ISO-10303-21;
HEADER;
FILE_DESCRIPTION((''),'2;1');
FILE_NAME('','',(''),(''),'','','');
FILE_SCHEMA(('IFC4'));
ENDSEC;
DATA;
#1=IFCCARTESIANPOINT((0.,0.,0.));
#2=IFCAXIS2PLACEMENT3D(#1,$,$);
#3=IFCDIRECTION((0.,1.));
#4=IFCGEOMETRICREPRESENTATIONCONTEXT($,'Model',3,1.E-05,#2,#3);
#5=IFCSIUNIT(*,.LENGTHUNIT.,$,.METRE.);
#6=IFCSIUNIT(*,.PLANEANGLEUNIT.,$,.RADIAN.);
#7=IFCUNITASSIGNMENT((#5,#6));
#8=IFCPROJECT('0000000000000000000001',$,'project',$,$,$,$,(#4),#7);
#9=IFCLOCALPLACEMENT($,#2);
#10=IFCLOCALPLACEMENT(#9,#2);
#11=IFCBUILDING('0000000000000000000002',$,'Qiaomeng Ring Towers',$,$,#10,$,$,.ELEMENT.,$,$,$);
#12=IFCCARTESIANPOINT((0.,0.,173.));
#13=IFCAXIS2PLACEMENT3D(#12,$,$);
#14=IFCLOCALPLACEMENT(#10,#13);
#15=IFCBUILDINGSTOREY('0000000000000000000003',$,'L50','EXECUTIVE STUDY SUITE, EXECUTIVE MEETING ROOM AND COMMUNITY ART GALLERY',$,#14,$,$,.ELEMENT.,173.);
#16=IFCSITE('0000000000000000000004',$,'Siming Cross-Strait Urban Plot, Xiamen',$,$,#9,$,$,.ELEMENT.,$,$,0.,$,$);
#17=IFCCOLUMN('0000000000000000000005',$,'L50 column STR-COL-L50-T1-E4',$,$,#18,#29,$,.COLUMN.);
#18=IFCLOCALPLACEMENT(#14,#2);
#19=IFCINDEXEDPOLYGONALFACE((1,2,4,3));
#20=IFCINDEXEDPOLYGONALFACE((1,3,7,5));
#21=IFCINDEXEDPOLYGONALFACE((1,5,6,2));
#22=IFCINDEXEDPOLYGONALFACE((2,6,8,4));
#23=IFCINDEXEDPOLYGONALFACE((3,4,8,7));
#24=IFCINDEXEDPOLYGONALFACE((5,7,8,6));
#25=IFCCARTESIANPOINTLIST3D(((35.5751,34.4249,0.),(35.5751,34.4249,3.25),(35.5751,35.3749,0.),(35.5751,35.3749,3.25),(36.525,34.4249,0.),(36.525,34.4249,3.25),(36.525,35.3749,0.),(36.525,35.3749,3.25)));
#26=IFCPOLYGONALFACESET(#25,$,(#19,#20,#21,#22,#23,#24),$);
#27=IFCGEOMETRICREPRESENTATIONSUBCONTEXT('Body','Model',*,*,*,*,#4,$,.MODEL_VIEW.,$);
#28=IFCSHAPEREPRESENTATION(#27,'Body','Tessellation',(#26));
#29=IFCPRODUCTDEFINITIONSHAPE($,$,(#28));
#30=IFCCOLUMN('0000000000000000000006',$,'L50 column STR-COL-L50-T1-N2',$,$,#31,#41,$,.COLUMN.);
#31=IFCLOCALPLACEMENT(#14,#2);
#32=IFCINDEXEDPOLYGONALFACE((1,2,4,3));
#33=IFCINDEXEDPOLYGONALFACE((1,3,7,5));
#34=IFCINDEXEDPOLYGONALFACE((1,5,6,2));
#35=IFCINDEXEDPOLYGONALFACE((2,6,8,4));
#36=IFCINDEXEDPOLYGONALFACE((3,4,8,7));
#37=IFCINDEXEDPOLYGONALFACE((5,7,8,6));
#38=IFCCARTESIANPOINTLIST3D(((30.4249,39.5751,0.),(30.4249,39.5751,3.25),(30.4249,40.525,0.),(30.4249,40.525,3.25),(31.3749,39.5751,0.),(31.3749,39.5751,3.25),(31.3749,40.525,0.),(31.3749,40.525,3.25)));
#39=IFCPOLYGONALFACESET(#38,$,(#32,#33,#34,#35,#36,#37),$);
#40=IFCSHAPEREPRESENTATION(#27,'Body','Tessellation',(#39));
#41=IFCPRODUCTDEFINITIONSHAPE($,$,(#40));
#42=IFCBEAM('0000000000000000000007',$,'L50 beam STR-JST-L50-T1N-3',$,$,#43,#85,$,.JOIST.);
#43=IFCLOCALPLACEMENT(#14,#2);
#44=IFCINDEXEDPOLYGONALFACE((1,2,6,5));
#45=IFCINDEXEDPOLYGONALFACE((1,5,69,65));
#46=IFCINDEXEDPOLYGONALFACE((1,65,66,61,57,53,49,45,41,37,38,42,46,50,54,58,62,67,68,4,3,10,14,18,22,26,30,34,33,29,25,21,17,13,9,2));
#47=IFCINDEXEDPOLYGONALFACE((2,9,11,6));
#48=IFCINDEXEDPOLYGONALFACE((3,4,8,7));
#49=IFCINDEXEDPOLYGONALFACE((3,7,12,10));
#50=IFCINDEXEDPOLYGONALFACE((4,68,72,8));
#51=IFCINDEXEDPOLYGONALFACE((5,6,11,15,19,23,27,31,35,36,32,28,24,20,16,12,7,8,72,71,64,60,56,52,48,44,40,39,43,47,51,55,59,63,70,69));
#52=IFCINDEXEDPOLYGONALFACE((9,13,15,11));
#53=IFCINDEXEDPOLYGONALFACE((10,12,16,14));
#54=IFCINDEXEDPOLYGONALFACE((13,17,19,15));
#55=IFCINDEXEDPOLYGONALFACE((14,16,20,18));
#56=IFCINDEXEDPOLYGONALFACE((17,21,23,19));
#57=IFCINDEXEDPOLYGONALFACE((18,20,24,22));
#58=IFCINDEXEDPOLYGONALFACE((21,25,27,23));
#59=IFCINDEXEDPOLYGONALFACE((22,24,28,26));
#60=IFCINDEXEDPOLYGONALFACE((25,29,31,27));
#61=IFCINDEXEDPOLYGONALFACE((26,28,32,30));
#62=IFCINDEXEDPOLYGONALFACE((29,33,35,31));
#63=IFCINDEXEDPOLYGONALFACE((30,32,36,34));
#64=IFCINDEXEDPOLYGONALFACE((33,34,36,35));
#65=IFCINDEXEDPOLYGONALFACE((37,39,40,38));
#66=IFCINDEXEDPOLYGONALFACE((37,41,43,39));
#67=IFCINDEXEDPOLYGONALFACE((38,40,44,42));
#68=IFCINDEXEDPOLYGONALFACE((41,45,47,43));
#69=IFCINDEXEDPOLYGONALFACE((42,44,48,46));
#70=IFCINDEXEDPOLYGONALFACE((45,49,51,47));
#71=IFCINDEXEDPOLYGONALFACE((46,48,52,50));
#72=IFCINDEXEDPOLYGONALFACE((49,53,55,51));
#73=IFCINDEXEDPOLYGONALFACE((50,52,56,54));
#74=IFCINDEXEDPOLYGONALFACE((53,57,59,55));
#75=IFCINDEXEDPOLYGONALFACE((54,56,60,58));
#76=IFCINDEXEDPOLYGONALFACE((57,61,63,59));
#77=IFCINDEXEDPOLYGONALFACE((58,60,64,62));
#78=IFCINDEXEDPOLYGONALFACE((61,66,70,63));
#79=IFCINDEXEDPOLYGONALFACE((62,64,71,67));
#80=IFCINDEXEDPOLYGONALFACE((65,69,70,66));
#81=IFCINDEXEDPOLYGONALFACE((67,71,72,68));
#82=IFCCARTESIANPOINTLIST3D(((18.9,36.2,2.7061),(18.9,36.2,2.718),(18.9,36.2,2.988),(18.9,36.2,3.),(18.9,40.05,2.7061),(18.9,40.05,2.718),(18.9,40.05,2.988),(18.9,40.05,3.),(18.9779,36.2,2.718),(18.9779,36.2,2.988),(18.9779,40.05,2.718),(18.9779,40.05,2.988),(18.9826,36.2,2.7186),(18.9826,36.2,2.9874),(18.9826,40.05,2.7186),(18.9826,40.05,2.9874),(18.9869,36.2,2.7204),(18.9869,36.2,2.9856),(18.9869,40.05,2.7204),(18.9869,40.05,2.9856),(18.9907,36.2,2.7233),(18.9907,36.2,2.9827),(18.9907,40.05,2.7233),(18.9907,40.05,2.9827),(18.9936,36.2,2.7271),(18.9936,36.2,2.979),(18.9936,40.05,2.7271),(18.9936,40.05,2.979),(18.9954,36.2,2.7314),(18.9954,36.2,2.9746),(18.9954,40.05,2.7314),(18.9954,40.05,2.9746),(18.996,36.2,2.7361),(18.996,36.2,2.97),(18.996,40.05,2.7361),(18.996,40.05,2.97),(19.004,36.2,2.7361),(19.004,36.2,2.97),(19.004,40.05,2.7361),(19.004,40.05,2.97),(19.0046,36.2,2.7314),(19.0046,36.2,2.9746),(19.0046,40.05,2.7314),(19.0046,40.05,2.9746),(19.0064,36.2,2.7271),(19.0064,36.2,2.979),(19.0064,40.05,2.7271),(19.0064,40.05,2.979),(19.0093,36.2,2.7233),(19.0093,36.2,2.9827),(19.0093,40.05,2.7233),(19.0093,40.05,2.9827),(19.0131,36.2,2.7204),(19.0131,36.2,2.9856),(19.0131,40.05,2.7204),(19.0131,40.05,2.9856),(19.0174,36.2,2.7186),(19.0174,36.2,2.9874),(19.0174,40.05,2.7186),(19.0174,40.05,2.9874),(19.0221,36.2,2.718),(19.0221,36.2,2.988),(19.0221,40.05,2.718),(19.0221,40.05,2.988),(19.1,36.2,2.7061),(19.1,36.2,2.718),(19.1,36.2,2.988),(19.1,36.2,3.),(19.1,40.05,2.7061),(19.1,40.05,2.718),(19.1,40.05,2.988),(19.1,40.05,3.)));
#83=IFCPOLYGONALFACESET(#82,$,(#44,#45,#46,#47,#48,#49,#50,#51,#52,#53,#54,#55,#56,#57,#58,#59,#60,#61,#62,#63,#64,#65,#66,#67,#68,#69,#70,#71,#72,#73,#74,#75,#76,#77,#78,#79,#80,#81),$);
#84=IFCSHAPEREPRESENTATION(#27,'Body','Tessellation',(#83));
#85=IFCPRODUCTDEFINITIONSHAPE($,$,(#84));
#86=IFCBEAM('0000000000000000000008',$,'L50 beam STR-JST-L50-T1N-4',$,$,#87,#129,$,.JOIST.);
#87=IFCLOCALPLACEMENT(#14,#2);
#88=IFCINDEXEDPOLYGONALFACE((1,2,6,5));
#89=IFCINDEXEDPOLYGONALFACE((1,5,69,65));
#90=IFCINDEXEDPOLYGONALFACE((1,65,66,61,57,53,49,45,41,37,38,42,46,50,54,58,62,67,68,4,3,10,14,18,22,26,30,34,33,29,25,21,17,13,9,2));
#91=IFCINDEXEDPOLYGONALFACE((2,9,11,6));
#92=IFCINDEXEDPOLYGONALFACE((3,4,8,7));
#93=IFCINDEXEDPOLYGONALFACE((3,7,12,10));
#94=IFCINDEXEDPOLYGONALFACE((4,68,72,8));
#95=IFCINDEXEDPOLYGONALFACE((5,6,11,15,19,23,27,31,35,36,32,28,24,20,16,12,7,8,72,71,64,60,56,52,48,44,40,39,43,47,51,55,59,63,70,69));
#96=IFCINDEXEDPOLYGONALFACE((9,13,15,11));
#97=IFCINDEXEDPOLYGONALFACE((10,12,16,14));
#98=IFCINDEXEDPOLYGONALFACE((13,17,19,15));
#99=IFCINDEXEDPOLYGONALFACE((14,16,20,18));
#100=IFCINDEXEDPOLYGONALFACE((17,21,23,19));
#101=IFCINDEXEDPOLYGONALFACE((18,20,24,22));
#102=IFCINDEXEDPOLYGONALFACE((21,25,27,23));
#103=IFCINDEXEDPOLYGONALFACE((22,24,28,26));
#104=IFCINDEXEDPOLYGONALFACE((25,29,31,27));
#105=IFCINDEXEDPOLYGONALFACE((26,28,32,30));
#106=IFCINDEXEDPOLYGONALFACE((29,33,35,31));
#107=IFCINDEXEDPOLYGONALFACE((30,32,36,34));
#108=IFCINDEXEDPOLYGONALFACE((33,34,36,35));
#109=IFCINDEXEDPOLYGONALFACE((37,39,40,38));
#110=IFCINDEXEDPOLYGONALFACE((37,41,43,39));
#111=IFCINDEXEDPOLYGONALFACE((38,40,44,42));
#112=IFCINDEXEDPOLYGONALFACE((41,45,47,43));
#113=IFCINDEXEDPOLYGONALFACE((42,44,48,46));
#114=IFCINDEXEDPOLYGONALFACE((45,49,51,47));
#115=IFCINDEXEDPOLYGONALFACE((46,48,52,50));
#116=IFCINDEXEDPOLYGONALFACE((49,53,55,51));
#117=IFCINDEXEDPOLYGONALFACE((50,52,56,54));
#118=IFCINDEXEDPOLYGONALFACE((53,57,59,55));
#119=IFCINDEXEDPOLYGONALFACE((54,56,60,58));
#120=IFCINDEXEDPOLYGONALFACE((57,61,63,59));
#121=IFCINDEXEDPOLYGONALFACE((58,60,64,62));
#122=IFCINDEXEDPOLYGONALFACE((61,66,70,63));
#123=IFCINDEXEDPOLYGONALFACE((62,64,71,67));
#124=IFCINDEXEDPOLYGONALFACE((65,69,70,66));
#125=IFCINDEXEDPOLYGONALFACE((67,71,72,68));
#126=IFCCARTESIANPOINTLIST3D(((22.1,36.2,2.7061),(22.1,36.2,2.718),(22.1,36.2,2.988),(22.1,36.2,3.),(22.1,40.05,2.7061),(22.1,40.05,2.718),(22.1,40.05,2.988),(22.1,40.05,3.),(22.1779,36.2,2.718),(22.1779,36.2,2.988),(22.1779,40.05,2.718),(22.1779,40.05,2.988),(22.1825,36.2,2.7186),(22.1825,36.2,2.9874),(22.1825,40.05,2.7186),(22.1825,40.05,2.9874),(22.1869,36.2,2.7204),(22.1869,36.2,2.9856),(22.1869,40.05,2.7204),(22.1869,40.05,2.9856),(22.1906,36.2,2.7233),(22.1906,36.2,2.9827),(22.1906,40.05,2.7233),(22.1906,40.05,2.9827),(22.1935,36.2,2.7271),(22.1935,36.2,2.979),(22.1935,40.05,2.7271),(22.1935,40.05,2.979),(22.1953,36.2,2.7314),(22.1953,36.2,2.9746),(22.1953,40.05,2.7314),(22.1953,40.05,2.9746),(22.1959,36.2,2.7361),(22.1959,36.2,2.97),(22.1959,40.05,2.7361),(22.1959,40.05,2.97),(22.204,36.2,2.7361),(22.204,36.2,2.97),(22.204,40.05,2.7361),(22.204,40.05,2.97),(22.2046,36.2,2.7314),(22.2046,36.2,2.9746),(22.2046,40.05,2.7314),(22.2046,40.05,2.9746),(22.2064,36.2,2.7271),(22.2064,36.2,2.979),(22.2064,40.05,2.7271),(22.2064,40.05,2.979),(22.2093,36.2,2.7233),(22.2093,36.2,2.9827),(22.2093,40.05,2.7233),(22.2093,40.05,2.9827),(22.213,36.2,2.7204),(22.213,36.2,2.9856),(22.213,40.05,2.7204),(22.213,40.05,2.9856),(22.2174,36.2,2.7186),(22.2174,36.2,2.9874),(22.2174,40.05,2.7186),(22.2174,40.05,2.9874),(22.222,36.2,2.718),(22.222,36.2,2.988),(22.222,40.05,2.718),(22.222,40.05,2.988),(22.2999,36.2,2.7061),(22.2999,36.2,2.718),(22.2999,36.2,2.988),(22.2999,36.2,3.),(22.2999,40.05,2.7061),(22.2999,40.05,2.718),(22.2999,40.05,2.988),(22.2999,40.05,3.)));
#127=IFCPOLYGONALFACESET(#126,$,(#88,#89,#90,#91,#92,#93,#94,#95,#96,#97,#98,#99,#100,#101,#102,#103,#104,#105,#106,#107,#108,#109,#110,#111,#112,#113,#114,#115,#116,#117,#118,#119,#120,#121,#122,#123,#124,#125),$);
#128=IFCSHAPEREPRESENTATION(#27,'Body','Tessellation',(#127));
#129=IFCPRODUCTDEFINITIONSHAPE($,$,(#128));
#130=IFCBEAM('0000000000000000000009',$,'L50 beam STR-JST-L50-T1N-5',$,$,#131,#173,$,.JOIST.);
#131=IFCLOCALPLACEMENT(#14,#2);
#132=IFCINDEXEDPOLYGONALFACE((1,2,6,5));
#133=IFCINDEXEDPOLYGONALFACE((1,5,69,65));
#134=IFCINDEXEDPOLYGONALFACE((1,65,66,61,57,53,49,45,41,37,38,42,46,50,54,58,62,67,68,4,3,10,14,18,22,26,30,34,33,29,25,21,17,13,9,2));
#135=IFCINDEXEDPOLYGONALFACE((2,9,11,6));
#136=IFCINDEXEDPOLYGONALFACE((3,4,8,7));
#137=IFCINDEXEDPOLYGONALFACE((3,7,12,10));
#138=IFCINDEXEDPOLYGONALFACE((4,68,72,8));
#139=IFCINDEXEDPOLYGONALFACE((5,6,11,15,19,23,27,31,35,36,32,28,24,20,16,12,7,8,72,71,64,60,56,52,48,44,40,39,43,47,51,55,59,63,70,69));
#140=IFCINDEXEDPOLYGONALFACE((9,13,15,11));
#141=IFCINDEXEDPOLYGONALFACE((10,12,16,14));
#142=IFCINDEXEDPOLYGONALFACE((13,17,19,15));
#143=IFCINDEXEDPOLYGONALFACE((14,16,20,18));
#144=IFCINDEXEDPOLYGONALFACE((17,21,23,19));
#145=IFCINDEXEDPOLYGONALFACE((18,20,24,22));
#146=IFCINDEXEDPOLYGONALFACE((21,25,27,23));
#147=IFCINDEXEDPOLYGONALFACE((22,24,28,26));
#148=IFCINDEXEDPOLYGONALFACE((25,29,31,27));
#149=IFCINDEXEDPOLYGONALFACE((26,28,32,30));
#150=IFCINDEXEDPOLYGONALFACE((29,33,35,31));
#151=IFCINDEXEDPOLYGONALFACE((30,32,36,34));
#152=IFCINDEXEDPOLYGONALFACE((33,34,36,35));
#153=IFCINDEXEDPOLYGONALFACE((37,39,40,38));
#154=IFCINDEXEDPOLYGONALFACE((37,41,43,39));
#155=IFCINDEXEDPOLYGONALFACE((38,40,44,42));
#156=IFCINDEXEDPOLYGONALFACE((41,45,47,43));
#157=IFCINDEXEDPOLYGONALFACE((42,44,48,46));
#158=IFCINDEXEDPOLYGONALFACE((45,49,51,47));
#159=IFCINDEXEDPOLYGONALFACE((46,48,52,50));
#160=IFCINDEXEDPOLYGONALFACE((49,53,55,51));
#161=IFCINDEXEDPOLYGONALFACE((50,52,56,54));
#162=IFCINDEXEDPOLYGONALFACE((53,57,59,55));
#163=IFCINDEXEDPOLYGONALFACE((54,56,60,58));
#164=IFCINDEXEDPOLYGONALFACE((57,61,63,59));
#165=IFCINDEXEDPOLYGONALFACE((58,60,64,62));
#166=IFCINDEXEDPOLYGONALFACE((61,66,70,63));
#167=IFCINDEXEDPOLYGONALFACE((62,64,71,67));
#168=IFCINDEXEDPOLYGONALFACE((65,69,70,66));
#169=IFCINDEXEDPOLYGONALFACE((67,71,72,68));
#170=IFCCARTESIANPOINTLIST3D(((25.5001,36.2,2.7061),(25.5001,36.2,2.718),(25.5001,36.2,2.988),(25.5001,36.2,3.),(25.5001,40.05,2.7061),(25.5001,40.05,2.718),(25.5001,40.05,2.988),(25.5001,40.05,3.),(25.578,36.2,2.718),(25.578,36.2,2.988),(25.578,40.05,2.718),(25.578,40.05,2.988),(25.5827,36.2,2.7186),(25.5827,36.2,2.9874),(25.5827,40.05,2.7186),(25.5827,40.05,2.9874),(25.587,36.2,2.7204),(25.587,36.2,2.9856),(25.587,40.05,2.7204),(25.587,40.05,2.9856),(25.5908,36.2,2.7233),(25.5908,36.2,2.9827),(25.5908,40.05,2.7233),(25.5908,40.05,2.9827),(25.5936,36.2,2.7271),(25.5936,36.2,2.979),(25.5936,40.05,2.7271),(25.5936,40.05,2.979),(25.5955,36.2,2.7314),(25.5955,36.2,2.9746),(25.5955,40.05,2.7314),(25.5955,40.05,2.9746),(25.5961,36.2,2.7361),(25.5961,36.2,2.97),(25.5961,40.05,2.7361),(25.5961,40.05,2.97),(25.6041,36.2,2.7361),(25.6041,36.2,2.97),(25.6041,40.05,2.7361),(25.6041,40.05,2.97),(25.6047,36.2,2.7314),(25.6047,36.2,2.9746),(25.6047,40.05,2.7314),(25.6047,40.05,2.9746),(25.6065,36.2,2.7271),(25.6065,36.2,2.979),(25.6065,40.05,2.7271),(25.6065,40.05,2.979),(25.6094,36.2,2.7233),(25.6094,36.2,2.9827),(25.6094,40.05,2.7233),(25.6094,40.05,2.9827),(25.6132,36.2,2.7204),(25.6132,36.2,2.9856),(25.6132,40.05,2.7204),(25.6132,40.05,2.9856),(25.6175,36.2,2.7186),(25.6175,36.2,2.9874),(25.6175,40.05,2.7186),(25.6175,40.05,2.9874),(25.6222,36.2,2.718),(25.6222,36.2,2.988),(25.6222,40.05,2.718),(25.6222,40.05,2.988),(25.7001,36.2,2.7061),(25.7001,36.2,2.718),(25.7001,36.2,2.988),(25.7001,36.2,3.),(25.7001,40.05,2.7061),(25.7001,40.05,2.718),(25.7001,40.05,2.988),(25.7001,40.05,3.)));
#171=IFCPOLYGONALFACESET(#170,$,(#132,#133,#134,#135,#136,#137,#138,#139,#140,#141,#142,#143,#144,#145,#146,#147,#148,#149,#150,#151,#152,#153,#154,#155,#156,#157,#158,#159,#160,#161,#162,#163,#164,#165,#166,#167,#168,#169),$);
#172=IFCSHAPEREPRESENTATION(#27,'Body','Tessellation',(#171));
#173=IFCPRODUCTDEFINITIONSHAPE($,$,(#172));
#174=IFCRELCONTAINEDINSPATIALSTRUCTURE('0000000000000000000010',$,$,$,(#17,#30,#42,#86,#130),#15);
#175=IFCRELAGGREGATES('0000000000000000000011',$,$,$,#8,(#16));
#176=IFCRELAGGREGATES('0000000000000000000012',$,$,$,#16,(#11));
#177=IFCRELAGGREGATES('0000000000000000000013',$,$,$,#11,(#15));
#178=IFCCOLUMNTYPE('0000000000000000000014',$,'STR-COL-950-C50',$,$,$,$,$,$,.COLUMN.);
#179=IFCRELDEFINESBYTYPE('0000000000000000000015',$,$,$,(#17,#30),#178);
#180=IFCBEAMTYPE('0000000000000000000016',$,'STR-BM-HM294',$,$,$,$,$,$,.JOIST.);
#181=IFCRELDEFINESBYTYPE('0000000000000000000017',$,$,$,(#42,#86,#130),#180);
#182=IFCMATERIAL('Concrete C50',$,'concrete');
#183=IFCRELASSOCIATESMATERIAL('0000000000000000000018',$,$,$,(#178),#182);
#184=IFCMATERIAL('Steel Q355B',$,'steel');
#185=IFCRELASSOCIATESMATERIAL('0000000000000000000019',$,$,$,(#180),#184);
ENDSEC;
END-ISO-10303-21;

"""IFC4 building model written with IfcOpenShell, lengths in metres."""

from ifc_helpers import new_model, si_unit, direction, frame, origin, origin_2d, place, context, subcontext, project, spatial, rectangle, i_section, extrude, source, transform, mapped, material, material_profile, profile_set, type_object, element, save


model = new_model("IFC4")

# Units and contexts
model_context = context("Model", 3, precision=1e-05, world=origin(), true_north=direction((0.0, 1.0)))
body_context = subcontext(model_context, "Body", "Model", "MODEL_VIEW")
ifc_project = project(units=[si_unit("LENGTHUNIT", "METRE"), si_unit("PLANEANGLEUNIT", "RADIAN")], contexts=[model_context])

# Site, building, storey
site_placement = place(None, origin())
site = spatial("IfcSite", under=ifc_project, at=site_placement, Name="Siming Cross-Strait Urban Plot, Xiamen", CompositionType="ELEMENT", RefElevation=0.0)
building_placement = place(site_placement, origin())
building = spatial("IfcBuilding", under=site, at=building_placement, Name="Qiaomeng Ring Towers", CompositionType="ELEMENT")
storey_placement = place(building_placement, frame((0.0, 0.0, 173.0)))
storey = spatial("IfcBuildingStorey", under=building, at=storey_placement, Name="L50", Description="EXECUTIVE STUDY SUITE, EXECUTIVE MEETING ROOM AND COMMUNITY ART GALLERY", CompositionType="ELEMENT", Elevation=173.0)

# Columns
ifc_material_1 = material(Name="Concrete C50", Category="concrete")
ifc_material_profile_1 = material_profile(ifc_material_1, rectangle(XDim=0.95, YDim=0.95, at=origin_2d()), Name="RC COL 950x950")
ifc_profile_set_1 = profile_set([ifc_material_profile_1], Name="Concrete C50")
column_type = type_object("IfcColumnType", Name="STR-COL-950-C50", PredefinedType="COLUMN", material=ifc_profile_set_1)
shared_shape_1 = source(origin(), body_context, "Body", "SweptSolid", [
    extrude(rectangle(XDim=0.95, YDim=0.95, at=origin_2d()), origin(), (0.0, 0.0, 1.0), 3.25),
])
for number, where, z_axis, x_axis, name in (
    (1, (36.05, 34.8999, 0.0), (0.0, 0.0, 1.0), (1.0, 0.0, 0.0), "L50 column STR-COL-L50-T1-E4"),
    (2, (30.8999, 40.05, 0.0), (0.0, 0.0, 1.0), (1.0, 0.0, 0.0), "L50 column STR-COL-L50-T1-N2"),
):
    element("IfcColumn", number, at=place(storey_placement, frame(where, z_axis=z_axis, x_axis=x_axis)), inside=storey, type_object=column_type, Name=name, PredefinedType="COLUMN", context=body_context, shape_type="MappedRepresentation", body=[
        mapped(shared_shape_1, transform((0.0, 0.0, 0.0), x_axis=(1.0, 0.0, 0.0), y_axis=(0.0, 1.0, 0.0), z_axis=(0.0, 0.0, 1.0), scale=1.0)),
    ])

# Beams
ifc_material_2 = material(Name="Steel Q355B", Category="steel")
ifc_material_profile_2 = material_profile(ifc_material_2, i_section(OverallWidth=0.2, OverallDepth=0.2939, WebThickness=0.0081, FlangeThickness=0.012, FilletRadius=0.0181, at=origin_2d()), Name="HM 294x200x8x12")
ifc_profile_set_2 = profile_set([ifc_material_profile_2], Name="Steel Q355B")
beam_type_1 = type_object("IfcBeamType", Name="STR-BM-HM294", PredefinedType="JOIST", material=ifc_profile_set_2)
shared_shape_2 = source(origin(), body_context, "Body", "SweptSolid", [
    extrude(i_section(OverallWidth=0.2, OverallDepth=0.2939, WebThickness=0.0081, FlangeThickness=0.012, FilletRadius=0.0181, at=origin_2d()), origin(), (0.0, 0.0, 1.0), 3.8501),
])
for number, where, z_axis, x_axis, name in (
    (3, (19.0, 36.2, 2.853), (0.0, 1.0, 0.0), (-1.0, 0.0, 0.0), "L50 beam STR-JST-L50-T1N-3"),
    (4, (22.2, 36.2, 2.853), (0.0, 1.0, 0.0), (-1.0, 0.0, 0.0), "L50 beam STR-JST-L50-T1N-4"),
    (5, (25.6001, 36.2, 2.853), (0.0, 1.0, 0.0), (-1.0, 0.0, 0.0), "L50 beam STR-JST-L50-T1N-5"),
):
    element("IfcBeam", number, at=place(storey_placement, frame(where, z_axis=z_axis, x_axis=x_axis)), inside=storey, type_object=beam_type_1, Name=name, PredefinedType="JOIST", context=body_context, shape_type="MappedRepresentation", body=[
        mapped(shared_shape_2, transform((0.0, 0.0, 0.0), x_axis=(1.0, 0.0, 0.0), y_axis=(0.0, 1.0, 0.0), z_axis=(0.0, 0.0, 1.0), scale=1.0)),
    ])

save(model, "model.ifc")
